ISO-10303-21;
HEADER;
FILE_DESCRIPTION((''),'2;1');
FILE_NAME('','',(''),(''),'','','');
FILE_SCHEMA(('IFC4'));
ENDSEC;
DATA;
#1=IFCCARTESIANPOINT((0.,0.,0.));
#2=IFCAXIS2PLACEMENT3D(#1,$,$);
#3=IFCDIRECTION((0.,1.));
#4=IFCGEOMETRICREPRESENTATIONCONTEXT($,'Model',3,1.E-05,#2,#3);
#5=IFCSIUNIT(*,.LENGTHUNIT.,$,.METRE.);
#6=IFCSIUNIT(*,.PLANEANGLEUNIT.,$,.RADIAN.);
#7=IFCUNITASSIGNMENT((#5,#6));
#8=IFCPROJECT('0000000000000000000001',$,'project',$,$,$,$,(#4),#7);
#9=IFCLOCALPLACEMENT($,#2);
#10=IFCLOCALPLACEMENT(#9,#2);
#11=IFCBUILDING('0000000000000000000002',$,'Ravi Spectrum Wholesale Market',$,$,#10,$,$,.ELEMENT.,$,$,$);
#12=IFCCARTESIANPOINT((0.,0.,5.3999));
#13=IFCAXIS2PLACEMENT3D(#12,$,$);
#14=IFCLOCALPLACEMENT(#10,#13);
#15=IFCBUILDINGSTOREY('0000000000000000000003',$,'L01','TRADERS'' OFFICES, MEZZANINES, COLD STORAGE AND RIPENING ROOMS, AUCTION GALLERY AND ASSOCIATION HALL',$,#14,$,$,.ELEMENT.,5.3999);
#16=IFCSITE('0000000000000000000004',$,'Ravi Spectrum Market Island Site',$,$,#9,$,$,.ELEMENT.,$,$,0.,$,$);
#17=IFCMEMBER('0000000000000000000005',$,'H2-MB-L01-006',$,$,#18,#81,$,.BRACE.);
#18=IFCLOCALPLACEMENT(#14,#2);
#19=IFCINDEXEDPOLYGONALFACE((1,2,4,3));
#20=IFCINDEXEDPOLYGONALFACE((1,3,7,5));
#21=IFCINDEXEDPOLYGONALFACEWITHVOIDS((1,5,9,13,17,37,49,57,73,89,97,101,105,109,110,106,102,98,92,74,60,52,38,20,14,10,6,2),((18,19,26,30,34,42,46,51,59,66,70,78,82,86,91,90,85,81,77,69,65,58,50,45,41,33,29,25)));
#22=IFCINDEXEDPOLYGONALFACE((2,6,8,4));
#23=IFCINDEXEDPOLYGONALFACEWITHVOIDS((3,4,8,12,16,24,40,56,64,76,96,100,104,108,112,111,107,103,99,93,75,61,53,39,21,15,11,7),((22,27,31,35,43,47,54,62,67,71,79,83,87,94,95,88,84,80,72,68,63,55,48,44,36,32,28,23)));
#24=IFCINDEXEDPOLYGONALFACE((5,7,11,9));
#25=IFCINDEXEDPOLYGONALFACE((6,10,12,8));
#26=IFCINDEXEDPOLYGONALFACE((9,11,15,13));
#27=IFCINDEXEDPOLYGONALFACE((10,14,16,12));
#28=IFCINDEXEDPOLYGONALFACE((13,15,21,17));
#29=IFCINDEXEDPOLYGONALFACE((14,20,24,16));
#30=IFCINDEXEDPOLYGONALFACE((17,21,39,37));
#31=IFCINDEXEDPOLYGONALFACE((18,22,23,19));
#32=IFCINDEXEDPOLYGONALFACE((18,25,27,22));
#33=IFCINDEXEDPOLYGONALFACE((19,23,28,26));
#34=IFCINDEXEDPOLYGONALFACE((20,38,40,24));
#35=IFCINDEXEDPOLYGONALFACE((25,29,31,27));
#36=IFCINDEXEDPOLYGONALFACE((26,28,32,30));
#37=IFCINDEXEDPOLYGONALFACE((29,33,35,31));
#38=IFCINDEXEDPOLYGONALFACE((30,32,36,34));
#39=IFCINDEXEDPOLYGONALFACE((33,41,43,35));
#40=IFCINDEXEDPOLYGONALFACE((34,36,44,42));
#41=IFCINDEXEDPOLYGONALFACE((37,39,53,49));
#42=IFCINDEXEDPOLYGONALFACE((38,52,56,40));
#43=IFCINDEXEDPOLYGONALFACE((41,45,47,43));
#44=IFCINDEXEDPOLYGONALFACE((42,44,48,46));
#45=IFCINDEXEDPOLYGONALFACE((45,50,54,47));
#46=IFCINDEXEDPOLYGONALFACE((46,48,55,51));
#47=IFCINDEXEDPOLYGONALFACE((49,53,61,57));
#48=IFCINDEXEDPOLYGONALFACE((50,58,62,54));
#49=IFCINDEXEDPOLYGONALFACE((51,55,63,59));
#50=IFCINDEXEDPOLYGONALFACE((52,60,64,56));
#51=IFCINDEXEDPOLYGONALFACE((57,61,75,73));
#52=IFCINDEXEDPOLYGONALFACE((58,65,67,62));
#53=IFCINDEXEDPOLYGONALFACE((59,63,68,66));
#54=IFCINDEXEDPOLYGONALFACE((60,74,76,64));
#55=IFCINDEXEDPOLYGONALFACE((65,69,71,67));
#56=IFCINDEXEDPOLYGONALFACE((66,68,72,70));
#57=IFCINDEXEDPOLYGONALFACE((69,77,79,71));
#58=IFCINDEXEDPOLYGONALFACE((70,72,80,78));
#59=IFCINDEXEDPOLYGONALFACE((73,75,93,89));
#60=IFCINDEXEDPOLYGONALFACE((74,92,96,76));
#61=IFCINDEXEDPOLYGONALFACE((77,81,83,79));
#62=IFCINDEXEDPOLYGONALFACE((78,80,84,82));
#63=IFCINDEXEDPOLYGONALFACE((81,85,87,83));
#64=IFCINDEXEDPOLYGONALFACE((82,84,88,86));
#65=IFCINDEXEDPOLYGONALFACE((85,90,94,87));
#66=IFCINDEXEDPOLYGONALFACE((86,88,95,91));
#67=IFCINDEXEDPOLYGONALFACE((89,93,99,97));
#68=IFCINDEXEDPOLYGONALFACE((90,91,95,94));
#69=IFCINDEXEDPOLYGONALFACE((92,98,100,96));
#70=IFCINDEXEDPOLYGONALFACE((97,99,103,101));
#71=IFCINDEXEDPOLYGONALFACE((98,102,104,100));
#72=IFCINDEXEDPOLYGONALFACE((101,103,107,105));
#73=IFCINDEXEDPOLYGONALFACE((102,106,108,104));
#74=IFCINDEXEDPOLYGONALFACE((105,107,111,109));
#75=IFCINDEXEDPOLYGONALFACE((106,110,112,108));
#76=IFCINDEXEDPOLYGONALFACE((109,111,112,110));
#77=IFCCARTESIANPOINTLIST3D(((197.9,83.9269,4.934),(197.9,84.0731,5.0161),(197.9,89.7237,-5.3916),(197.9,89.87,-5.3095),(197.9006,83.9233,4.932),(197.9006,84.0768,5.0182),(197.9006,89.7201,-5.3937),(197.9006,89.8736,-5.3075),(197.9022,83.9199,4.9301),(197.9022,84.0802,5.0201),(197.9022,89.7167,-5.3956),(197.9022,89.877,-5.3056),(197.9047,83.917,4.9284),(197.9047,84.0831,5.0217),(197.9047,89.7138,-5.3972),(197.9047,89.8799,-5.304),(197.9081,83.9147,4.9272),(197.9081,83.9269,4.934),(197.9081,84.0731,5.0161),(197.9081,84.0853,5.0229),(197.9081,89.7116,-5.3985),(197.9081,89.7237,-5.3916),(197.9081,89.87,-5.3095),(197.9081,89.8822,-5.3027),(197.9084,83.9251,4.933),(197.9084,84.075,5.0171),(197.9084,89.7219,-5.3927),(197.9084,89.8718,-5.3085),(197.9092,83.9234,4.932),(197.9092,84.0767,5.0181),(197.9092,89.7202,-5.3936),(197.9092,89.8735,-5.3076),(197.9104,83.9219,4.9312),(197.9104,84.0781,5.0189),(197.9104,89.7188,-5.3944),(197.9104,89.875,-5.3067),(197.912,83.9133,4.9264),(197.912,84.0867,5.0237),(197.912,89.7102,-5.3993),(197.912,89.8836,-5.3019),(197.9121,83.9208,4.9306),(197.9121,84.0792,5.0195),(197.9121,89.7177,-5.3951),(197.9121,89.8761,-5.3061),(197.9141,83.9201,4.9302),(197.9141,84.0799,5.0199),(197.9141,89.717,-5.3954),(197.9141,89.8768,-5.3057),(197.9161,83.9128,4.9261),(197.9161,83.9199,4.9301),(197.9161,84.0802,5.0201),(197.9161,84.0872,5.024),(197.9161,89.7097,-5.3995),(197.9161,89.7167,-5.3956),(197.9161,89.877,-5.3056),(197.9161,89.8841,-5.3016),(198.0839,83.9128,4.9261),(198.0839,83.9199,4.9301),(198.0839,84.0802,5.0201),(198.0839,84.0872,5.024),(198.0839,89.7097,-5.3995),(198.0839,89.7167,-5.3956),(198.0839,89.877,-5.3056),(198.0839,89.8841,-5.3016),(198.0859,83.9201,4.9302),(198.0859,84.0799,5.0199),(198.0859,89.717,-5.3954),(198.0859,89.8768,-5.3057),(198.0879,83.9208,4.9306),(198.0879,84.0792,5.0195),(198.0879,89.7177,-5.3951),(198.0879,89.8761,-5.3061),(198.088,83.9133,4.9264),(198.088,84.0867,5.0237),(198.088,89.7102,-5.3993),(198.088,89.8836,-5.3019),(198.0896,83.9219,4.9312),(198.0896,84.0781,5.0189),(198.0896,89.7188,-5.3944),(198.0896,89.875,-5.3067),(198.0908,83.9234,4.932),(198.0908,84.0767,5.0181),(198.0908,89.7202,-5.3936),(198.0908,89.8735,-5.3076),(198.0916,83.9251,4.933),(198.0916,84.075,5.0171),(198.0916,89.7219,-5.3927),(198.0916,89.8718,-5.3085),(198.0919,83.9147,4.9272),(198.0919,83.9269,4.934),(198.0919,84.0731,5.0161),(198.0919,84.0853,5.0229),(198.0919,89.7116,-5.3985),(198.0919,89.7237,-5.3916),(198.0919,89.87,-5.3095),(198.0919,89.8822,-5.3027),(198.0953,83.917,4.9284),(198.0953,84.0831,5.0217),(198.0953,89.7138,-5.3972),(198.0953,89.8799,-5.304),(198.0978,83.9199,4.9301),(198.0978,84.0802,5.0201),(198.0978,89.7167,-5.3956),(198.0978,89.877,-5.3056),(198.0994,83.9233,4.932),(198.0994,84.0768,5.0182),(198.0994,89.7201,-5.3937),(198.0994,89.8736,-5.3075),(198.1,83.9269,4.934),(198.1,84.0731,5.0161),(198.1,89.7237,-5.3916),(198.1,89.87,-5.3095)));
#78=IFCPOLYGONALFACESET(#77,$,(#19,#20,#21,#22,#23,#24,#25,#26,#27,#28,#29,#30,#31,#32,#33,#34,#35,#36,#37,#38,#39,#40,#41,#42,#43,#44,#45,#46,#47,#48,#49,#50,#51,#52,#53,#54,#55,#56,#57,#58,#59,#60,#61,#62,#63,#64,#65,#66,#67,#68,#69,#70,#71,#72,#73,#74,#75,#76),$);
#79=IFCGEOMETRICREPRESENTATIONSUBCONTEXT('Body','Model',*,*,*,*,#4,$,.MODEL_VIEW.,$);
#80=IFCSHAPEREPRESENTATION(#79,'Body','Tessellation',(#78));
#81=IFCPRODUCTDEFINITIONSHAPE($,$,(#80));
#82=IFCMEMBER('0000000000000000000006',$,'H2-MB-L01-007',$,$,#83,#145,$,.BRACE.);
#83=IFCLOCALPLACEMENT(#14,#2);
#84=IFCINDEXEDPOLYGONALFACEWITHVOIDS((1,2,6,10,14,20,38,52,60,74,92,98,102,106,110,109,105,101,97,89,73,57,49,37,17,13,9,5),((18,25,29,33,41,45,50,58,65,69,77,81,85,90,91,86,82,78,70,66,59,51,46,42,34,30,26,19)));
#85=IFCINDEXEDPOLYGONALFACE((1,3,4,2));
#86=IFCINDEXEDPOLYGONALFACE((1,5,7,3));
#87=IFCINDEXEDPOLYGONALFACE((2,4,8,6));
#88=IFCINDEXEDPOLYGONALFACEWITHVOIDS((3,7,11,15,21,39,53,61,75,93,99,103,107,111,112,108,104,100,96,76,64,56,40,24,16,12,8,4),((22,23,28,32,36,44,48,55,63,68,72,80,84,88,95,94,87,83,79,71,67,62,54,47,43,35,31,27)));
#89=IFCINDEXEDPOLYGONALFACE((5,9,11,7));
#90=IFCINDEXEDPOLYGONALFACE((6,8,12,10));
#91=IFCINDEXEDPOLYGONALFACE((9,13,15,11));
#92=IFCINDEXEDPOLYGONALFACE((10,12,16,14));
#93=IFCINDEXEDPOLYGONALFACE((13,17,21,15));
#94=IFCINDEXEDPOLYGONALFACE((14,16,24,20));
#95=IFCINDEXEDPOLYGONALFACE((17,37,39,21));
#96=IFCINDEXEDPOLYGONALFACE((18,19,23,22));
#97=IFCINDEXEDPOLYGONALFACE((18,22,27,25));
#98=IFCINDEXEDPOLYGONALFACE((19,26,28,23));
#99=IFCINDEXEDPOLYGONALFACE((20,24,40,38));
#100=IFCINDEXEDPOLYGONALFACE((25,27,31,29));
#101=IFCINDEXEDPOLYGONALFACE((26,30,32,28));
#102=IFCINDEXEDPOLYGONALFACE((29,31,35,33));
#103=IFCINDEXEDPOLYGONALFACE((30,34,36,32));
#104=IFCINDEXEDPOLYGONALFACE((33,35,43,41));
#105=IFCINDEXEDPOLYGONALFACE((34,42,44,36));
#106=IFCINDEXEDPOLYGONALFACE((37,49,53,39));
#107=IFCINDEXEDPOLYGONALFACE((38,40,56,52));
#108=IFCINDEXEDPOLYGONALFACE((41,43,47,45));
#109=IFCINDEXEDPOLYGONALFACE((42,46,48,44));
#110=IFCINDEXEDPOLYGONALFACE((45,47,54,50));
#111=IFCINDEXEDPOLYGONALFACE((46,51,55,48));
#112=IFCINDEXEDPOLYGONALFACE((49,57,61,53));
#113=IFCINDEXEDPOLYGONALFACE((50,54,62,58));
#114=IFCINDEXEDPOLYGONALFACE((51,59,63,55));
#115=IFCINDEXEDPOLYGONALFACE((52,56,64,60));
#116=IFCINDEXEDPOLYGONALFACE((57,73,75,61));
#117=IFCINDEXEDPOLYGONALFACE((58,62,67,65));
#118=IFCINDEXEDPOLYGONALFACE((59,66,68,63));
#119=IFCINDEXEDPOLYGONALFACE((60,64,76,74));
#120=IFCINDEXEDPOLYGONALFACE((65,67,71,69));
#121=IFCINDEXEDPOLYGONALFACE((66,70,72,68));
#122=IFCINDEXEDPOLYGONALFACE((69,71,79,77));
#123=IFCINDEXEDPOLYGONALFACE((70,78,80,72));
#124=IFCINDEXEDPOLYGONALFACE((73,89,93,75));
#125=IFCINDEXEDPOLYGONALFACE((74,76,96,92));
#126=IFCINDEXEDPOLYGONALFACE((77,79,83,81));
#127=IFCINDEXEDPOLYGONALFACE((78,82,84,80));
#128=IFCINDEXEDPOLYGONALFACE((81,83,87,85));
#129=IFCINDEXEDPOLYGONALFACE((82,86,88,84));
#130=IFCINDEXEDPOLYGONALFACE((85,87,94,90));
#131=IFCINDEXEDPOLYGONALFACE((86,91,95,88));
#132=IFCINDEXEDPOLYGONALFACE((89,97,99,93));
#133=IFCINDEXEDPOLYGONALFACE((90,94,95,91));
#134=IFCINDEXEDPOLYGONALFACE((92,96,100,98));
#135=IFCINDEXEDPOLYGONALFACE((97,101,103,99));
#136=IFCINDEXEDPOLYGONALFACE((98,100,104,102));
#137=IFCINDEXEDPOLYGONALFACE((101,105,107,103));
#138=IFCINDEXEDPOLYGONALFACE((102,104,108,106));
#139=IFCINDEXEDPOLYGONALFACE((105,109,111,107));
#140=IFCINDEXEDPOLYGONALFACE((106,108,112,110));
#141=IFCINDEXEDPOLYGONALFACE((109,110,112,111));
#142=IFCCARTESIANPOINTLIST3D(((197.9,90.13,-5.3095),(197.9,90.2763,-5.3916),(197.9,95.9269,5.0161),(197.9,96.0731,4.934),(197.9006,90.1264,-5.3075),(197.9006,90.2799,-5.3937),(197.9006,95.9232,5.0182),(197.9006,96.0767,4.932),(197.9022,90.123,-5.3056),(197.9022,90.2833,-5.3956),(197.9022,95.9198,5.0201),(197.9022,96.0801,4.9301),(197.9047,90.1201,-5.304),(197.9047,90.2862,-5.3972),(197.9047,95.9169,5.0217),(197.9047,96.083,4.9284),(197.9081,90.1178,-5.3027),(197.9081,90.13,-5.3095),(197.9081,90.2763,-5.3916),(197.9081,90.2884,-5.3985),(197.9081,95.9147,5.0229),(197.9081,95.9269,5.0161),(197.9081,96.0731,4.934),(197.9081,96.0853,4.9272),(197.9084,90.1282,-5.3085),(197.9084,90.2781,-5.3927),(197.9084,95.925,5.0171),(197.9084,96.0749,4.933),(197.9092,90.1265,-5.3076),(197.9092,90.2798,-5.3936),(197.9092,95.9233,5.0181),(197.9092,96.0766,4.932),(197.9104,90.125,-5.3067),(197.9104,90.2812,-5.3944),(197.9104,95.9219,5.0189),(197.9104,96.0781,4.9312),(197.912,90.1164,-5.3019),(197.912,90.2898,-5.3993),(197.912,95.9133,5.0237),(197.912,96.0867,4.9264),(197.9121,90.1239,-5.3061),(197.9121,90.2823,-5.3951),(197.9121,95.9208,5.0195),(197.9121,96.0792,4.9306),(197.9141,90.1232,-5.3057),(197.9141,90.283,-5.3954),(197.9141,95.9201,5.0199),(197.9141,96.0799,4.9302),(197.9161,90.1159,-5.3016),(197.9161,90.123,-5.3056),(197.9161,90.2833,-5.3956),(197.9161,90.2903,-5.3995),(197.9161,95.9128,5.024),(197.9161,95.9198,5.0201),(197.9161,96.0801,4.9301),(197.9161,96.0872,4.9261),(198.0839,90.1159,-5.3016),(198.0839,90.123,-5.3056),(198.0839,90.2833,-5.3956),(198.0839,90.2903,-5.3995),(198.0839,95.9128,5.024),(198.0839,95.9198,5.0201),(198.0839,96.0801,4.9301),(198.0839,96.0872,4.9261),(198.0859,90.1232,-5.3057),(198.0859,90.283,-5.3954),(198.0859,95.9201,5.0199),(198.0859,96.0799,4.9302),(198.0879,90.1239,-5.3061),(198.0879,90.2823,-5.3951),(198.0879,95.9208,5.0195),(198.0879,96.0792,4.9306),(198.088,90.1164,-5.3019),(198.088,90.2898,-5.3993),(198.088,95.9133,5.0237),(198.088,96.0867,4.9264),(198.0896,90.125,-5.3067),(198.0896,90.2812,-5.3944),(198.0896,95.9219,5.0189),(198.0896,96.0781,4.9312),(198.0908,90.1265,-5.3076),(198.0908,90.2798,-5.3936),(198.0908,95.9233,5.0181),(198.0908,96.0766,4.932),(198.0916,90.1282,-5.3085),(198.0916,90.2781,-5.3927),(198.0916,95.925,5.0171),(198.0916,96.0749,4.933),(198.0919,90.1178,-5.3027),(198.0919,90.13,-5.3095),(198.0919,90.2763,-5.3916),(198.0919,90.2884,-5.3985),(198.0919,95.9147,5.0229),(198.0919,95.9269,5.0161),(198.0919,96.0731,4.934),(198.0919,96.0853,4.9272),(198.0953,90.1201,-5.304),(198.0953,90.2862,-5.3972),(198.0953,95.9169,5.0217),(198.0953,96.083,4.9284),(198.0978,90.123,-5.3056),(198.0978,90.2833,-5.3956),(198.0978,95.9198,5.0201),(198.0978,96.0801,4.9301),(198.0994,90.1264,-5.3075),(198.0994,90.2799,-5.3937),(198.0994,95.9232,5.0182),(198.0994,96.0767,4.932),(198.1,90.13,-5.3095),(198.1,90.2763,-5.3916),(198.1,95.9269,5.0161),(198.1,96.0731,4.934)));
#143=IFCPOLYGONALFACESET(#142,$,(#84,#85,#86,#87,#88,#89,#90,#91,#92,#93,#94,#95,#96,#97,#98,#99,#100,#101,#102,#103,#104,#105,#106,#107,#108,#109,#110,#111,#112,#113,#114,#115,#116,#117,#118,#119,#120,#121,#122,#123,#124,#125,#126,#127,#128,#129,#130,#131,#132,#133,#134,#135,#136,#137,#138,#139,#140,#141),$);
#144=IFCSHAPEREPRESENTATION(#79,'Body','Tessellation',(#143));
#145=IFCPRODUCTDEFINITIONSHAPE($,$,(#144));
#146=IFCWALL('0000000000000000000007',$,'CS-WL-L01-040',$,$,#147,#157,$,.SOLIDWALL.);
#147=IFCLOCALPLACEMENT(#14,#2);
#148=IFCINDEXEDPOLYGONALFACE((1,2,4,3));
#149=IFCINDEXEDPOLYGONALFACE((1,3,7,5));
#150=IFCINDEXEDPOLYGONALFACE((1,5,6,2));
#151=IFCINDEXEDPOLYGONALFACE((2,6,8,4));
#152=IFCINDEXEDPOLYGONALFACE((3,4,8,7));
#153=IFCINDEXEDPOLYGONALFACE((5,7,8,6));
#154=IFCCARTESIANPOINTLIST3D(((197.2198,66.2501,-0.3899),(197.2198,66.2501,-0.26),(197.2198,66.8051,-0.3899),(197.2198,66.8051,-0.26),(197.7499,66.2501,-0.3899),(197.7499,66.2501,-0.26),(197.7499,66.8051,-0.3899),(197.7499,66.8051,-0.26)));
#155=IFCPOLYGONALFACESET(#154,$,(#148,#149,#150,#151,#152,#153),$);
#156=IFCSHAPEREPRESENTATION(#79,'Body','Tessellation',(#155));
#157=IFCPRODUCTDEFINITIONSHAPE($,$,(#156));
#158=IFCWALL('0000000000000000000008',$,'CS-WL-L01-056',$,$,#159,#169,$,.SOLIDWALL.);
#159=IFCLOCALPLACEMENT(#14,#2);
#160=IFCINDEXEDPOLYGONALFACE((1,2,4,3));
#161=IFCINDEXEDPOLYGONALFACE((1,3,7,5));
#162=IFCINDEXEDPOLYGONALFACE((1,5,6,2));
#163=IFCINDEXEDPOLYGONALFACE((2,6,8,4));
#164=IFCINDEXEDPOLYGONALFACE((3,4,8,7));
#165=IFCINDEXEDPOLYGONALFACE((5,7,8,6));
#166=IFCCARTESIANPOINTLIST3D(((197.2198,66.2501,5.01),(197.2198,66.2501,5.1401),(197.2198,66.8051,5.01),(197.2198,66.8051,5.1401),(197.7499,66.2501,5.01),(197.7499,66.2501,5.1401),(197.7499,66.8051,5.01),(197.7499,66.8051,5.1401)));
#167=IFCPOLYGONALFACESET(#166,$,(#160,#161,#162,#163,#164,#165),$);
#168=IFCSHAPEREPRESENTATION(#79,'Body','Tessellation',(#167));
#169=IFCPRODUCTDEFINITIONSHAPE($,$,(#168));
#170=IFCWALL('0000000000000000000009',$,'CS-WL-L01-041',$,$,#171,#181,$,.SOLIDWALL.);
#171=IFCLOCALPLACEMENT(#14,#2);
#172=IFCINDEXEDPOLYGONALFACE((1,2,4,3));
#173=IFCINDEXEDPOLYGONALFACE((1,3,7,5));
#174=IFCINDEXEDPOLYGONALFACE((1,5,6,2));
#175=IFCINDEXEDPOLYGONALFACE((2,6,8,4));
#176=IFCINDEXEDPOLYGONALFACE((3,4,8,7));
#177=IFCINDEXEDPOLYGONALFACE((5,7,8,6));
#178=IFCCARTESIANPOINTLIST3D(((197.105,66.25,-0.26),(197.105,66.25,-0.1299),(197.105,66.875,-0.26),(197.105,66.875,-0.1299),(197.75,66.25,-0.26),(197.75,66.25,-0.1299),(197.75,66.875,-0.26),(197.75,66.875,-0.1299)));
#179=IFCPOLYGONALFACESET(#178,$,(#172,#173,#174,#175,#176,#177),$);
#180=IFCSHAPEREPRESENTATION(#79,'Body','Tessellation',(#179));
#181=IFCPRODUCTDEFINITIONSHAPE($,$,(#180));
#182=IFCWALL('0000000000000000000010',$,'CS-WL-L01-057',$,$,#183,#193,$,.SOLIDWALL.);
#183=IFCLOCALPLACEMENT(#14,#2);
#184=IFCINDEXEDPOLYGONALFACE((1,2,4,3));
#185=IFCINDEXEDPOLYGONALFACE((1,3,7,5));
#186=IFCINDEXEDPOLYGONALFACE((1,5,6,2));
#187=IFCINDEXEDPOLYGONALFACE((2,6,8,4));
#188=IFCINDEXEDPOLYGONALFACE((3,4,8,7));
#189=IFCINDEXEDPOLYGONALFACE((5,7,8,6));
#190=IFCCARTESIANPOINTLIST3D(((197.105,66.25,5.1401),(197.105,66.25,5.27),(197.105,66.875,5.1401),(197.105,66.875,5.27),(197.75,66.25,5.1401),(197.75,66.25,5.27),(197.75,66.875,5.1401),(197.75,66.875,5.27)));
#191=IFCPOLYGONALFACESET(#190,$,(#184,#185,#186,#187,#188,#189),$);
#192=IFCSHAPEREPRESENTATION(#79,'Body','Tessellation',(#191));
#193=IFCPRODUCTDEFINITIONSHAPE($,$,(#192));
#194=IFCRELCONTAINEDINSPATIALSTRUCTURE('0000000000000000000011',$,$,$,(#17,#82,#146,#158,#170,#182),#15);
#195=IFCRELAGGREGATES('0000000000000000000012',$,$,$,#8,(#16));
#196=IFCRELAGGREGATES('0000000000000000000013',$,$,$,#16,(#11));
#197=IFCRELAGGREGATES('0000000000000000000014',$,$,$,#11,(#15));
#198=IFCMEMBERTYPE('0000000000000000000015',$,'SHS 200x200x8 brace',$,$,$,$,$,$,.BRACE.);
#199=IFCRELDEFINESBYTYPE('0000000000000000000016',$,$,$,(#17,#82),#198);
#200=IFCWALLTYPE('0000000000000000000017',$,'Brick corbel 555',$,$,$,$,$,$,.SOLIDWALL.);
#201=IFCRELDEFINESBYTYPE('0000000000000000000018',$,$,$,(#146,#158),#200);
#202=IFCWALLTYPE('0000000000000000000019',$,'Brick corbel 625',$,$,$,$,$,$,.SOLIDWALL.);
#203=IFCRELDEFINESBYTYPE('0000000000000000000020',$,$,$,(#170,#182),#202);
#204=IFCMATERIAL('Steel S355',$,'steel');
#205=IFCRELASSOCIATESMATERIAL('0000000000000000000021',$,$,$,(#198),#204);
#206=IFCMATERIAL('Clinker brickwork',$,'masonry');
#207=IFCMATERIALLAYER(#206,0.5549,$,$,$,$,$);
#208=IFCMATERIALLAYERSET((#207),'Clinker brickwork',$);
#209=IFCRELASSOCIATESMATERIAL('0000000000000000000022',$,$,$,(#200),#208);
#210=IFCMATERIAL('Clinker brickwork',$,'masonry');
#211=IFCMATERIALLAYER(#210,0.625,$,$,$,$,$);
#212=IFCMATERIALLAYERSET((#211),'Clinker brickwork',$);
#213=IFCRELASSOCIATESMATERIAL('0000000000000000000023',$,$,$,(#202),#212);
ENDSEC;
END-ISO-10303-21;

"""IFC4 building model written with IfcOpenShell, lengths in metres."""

from ifc_helpers import new_model, si_unit, direction, frame, frame_2d, origin, origin_2d, place, context, subcontext, project, spatial, rectangle, hollow_rectangle, extrude, material, layer, layer_set, material_profile, profile_set, type_object, element, save


model = new_model("IFC4")

# Units and contexts
model_context = context("Model", 3, precision=1e-05, world=origin(), true_north=direction((0.0, 1.0)))
body_context = subcontext(model_context, "Body", "Model", "MODEL_VIEW")
ifc_project = project(units=[si_unit("LENGTHUNIT", "METRE"), si_unit("PLANEANGLEUNIT", "RADIAN")], contexts=[model_context])

# Site, building, storey
site_placement = place(None, origin())
site = spatial("IfcSite", under=ifc_project, at=site_placement, Name="Ravi Spectrum Market Island Site", CompositionType="ELEMENT", RefElevation=0.0)
building_placement = place(site_placement, origin())
building = spatial("IfcBuilding", under=site, at=building_placement, Name="Ravi Spectrum Wholesale Market", CompositionType="ELEMENT")
storey_placement = place(building_placement, frame((0.0, 0.0, 5.3999)))
storey = spatial("IfcBuildingStorey", under=building, at=storey_placement, Name="L01", Description="TRADERS' OFFICES, MEZZANINES, COLD STORAGE AND RIPENING ROOMS, AUCTION GALLERY AND ASSOCIATION HALL", CompositionType="ELEMENT", Elevation=5.3999)

# Members
ifc_material_1 = material(Name="Steel S355", Category="steel")
ifc_material_profile_1 = material_profile(ifc_material_1, hollow_rectangle(XDim=0.2, YDim=0.2, WallThickness=0.0081, InnerFilletRadius=0.0081, OuterFilletRadius=0.0161, at=origin_2d()))
ifc_profile_set_1 = profile_set([ifc_material_profile_1], Name="Steel S355")
member_type_1 = type_object("IfcMemberType", Name="SHS 200x200x8 brace", PredefinedType="BRACE", material=ifc_profile_set_1)
for number, where, z_axis, x_axis, name in (
    (1, (198.0, 89.7969, -5.3506), (0.0, -0.489535, 0.871984), (1.0, 0.0, 0.0), "H2-MB-L01-006"),
    (2, (198.0, 90.2031, -5.3506), (0.0, 0.489535, 0.871984), (-1.0, 0.0, 0.0), "H2-MB-L01-007"),
):
    element("IfcMember", number, at=place(storey_placement, frame(where, z_axis=z_axis, x_axis=x_axis)), inside=storey, type_object=member_type_1, Name=name, PredefinedType="BRACE", context=body_context, shape_type="SweptSolid", body=[
        extrude(hollow_rectangle(XDim=0.2, YDim=0.2, WallThickness=0.0081, InnerFilletRadius=0.0081, OuterFilletRadius=0.0161, at=origin_2d()), origin(), (0.0, 0.0, 1.0), 11.8416),
    ])

# Walls
ifc_material_2 = material(Name="Clinker brickwork", Category="masonry")
ifc_layer_1 = layer(ifc_material_2, 0.5549)
ifc_layer_set_1 = layer_set([ifc_layer_1], Name="Clinker brickwork")
wall_type_1 = type_object("IfcWallType", Name="Brick corbel 555", PredefinedType="SOLIDWALL", material=ifc_layer_set_1)
wall_1_placement = place(storey_placement, frame((197.75, 66.5276, -0.3899), z_axis=(0.0, 0.0, 1.0), x_axis=(-1.0, 0.0, 0.0)))
element("IfcWall", 3, at=wall_1_placement, inside=storey, type_object=wall_type_1, Name="CS-WL-L01-040", PredefinedType="SOLIDWALL", context=body_context, shape_type="SweptSolid", body=[
    extrude(rectangle(XDim=0.53, YDim=0.5549, at=frame_2d((0.2651, 0.0))), origin(), (0.0, 0.0, 1.0), 0.1299),
])
wall_2_placement = place(storey_placement, frame((197.75, 66.5276, 5.01), z_axis=(0.0, 0.0, 1.0), x_axis=(-1.0, 0.0, 0.0)))
element("IfcWall", 4, at=wall_2_placement, inside=storey, type_object=wall_type_1, Name="CS-WL-L01-056", PredefinedType="SOLIDWALL", context=body_context, shape_type="SweptSolid", body=[
    extrude(rectangle(XDim=0.53, YDim=0.5549, at=frame_2d((0.2651, 0.0))), origin(), (0.0, 0.0, 1.0), 0.1301),
])
ifc_material_3 = material(Name="Clinker brickwork", Category="masonry")
ifc_layer_2 = layer(ifc_material_3, 0.625)
ifc_layer_set_2 = layer_set([ifc_layer_2], Name="Clinker brickwork")
wall_type_2 = type_object("IfcWallType", Name="Brick corbel 625", PredefinedType="SOLIDWALL", material=ifc_layer_set_2)
wall_3_placement = place(storey_placement, frame((197.75, 66.5625, -0.26), z_axis=(0.0, 0.0, 1.0), x_axis=(-1.0, 0.0, 0.0)))
element("IfcWall", 5, at=wall_3_placement, inside=storey, type_object=wall_type_2, Name="CS-WL-L01-041", PredefinedType="SOLIDWALL", context=body_context, shape_type="SweptSolid", body=[
    extrude(rectangle(XDim=0.645, YDim=0.625, at=frame_2d((0.3225, 0.0))), origin(), (0.0, 0.0, 1.0), 0.1301),
])
wall_4_placement = place(storey_placement, frame((197.75, 66.5625, 5.1401), z_axis=(0.0, 0.0, 1.0), x_axis=(-1.0, 0.0, 0.0)))
element("IfcWall", 6, at=wall_4_placement, inside=storey, type_object=wall_type_2, Name="CS-WL-L01-057", PredefinedType="SOLIDWALL", context=body_context, shape_type="SweptSolid", body=[
    extrude(rectangle(XDim=0.645, YDim=0.625, at=frame_2d((0.3225, 0.0))), origin(), (0.0, 0.0, 1.0), 0.1299),
])

save(model, "model.ifc")
